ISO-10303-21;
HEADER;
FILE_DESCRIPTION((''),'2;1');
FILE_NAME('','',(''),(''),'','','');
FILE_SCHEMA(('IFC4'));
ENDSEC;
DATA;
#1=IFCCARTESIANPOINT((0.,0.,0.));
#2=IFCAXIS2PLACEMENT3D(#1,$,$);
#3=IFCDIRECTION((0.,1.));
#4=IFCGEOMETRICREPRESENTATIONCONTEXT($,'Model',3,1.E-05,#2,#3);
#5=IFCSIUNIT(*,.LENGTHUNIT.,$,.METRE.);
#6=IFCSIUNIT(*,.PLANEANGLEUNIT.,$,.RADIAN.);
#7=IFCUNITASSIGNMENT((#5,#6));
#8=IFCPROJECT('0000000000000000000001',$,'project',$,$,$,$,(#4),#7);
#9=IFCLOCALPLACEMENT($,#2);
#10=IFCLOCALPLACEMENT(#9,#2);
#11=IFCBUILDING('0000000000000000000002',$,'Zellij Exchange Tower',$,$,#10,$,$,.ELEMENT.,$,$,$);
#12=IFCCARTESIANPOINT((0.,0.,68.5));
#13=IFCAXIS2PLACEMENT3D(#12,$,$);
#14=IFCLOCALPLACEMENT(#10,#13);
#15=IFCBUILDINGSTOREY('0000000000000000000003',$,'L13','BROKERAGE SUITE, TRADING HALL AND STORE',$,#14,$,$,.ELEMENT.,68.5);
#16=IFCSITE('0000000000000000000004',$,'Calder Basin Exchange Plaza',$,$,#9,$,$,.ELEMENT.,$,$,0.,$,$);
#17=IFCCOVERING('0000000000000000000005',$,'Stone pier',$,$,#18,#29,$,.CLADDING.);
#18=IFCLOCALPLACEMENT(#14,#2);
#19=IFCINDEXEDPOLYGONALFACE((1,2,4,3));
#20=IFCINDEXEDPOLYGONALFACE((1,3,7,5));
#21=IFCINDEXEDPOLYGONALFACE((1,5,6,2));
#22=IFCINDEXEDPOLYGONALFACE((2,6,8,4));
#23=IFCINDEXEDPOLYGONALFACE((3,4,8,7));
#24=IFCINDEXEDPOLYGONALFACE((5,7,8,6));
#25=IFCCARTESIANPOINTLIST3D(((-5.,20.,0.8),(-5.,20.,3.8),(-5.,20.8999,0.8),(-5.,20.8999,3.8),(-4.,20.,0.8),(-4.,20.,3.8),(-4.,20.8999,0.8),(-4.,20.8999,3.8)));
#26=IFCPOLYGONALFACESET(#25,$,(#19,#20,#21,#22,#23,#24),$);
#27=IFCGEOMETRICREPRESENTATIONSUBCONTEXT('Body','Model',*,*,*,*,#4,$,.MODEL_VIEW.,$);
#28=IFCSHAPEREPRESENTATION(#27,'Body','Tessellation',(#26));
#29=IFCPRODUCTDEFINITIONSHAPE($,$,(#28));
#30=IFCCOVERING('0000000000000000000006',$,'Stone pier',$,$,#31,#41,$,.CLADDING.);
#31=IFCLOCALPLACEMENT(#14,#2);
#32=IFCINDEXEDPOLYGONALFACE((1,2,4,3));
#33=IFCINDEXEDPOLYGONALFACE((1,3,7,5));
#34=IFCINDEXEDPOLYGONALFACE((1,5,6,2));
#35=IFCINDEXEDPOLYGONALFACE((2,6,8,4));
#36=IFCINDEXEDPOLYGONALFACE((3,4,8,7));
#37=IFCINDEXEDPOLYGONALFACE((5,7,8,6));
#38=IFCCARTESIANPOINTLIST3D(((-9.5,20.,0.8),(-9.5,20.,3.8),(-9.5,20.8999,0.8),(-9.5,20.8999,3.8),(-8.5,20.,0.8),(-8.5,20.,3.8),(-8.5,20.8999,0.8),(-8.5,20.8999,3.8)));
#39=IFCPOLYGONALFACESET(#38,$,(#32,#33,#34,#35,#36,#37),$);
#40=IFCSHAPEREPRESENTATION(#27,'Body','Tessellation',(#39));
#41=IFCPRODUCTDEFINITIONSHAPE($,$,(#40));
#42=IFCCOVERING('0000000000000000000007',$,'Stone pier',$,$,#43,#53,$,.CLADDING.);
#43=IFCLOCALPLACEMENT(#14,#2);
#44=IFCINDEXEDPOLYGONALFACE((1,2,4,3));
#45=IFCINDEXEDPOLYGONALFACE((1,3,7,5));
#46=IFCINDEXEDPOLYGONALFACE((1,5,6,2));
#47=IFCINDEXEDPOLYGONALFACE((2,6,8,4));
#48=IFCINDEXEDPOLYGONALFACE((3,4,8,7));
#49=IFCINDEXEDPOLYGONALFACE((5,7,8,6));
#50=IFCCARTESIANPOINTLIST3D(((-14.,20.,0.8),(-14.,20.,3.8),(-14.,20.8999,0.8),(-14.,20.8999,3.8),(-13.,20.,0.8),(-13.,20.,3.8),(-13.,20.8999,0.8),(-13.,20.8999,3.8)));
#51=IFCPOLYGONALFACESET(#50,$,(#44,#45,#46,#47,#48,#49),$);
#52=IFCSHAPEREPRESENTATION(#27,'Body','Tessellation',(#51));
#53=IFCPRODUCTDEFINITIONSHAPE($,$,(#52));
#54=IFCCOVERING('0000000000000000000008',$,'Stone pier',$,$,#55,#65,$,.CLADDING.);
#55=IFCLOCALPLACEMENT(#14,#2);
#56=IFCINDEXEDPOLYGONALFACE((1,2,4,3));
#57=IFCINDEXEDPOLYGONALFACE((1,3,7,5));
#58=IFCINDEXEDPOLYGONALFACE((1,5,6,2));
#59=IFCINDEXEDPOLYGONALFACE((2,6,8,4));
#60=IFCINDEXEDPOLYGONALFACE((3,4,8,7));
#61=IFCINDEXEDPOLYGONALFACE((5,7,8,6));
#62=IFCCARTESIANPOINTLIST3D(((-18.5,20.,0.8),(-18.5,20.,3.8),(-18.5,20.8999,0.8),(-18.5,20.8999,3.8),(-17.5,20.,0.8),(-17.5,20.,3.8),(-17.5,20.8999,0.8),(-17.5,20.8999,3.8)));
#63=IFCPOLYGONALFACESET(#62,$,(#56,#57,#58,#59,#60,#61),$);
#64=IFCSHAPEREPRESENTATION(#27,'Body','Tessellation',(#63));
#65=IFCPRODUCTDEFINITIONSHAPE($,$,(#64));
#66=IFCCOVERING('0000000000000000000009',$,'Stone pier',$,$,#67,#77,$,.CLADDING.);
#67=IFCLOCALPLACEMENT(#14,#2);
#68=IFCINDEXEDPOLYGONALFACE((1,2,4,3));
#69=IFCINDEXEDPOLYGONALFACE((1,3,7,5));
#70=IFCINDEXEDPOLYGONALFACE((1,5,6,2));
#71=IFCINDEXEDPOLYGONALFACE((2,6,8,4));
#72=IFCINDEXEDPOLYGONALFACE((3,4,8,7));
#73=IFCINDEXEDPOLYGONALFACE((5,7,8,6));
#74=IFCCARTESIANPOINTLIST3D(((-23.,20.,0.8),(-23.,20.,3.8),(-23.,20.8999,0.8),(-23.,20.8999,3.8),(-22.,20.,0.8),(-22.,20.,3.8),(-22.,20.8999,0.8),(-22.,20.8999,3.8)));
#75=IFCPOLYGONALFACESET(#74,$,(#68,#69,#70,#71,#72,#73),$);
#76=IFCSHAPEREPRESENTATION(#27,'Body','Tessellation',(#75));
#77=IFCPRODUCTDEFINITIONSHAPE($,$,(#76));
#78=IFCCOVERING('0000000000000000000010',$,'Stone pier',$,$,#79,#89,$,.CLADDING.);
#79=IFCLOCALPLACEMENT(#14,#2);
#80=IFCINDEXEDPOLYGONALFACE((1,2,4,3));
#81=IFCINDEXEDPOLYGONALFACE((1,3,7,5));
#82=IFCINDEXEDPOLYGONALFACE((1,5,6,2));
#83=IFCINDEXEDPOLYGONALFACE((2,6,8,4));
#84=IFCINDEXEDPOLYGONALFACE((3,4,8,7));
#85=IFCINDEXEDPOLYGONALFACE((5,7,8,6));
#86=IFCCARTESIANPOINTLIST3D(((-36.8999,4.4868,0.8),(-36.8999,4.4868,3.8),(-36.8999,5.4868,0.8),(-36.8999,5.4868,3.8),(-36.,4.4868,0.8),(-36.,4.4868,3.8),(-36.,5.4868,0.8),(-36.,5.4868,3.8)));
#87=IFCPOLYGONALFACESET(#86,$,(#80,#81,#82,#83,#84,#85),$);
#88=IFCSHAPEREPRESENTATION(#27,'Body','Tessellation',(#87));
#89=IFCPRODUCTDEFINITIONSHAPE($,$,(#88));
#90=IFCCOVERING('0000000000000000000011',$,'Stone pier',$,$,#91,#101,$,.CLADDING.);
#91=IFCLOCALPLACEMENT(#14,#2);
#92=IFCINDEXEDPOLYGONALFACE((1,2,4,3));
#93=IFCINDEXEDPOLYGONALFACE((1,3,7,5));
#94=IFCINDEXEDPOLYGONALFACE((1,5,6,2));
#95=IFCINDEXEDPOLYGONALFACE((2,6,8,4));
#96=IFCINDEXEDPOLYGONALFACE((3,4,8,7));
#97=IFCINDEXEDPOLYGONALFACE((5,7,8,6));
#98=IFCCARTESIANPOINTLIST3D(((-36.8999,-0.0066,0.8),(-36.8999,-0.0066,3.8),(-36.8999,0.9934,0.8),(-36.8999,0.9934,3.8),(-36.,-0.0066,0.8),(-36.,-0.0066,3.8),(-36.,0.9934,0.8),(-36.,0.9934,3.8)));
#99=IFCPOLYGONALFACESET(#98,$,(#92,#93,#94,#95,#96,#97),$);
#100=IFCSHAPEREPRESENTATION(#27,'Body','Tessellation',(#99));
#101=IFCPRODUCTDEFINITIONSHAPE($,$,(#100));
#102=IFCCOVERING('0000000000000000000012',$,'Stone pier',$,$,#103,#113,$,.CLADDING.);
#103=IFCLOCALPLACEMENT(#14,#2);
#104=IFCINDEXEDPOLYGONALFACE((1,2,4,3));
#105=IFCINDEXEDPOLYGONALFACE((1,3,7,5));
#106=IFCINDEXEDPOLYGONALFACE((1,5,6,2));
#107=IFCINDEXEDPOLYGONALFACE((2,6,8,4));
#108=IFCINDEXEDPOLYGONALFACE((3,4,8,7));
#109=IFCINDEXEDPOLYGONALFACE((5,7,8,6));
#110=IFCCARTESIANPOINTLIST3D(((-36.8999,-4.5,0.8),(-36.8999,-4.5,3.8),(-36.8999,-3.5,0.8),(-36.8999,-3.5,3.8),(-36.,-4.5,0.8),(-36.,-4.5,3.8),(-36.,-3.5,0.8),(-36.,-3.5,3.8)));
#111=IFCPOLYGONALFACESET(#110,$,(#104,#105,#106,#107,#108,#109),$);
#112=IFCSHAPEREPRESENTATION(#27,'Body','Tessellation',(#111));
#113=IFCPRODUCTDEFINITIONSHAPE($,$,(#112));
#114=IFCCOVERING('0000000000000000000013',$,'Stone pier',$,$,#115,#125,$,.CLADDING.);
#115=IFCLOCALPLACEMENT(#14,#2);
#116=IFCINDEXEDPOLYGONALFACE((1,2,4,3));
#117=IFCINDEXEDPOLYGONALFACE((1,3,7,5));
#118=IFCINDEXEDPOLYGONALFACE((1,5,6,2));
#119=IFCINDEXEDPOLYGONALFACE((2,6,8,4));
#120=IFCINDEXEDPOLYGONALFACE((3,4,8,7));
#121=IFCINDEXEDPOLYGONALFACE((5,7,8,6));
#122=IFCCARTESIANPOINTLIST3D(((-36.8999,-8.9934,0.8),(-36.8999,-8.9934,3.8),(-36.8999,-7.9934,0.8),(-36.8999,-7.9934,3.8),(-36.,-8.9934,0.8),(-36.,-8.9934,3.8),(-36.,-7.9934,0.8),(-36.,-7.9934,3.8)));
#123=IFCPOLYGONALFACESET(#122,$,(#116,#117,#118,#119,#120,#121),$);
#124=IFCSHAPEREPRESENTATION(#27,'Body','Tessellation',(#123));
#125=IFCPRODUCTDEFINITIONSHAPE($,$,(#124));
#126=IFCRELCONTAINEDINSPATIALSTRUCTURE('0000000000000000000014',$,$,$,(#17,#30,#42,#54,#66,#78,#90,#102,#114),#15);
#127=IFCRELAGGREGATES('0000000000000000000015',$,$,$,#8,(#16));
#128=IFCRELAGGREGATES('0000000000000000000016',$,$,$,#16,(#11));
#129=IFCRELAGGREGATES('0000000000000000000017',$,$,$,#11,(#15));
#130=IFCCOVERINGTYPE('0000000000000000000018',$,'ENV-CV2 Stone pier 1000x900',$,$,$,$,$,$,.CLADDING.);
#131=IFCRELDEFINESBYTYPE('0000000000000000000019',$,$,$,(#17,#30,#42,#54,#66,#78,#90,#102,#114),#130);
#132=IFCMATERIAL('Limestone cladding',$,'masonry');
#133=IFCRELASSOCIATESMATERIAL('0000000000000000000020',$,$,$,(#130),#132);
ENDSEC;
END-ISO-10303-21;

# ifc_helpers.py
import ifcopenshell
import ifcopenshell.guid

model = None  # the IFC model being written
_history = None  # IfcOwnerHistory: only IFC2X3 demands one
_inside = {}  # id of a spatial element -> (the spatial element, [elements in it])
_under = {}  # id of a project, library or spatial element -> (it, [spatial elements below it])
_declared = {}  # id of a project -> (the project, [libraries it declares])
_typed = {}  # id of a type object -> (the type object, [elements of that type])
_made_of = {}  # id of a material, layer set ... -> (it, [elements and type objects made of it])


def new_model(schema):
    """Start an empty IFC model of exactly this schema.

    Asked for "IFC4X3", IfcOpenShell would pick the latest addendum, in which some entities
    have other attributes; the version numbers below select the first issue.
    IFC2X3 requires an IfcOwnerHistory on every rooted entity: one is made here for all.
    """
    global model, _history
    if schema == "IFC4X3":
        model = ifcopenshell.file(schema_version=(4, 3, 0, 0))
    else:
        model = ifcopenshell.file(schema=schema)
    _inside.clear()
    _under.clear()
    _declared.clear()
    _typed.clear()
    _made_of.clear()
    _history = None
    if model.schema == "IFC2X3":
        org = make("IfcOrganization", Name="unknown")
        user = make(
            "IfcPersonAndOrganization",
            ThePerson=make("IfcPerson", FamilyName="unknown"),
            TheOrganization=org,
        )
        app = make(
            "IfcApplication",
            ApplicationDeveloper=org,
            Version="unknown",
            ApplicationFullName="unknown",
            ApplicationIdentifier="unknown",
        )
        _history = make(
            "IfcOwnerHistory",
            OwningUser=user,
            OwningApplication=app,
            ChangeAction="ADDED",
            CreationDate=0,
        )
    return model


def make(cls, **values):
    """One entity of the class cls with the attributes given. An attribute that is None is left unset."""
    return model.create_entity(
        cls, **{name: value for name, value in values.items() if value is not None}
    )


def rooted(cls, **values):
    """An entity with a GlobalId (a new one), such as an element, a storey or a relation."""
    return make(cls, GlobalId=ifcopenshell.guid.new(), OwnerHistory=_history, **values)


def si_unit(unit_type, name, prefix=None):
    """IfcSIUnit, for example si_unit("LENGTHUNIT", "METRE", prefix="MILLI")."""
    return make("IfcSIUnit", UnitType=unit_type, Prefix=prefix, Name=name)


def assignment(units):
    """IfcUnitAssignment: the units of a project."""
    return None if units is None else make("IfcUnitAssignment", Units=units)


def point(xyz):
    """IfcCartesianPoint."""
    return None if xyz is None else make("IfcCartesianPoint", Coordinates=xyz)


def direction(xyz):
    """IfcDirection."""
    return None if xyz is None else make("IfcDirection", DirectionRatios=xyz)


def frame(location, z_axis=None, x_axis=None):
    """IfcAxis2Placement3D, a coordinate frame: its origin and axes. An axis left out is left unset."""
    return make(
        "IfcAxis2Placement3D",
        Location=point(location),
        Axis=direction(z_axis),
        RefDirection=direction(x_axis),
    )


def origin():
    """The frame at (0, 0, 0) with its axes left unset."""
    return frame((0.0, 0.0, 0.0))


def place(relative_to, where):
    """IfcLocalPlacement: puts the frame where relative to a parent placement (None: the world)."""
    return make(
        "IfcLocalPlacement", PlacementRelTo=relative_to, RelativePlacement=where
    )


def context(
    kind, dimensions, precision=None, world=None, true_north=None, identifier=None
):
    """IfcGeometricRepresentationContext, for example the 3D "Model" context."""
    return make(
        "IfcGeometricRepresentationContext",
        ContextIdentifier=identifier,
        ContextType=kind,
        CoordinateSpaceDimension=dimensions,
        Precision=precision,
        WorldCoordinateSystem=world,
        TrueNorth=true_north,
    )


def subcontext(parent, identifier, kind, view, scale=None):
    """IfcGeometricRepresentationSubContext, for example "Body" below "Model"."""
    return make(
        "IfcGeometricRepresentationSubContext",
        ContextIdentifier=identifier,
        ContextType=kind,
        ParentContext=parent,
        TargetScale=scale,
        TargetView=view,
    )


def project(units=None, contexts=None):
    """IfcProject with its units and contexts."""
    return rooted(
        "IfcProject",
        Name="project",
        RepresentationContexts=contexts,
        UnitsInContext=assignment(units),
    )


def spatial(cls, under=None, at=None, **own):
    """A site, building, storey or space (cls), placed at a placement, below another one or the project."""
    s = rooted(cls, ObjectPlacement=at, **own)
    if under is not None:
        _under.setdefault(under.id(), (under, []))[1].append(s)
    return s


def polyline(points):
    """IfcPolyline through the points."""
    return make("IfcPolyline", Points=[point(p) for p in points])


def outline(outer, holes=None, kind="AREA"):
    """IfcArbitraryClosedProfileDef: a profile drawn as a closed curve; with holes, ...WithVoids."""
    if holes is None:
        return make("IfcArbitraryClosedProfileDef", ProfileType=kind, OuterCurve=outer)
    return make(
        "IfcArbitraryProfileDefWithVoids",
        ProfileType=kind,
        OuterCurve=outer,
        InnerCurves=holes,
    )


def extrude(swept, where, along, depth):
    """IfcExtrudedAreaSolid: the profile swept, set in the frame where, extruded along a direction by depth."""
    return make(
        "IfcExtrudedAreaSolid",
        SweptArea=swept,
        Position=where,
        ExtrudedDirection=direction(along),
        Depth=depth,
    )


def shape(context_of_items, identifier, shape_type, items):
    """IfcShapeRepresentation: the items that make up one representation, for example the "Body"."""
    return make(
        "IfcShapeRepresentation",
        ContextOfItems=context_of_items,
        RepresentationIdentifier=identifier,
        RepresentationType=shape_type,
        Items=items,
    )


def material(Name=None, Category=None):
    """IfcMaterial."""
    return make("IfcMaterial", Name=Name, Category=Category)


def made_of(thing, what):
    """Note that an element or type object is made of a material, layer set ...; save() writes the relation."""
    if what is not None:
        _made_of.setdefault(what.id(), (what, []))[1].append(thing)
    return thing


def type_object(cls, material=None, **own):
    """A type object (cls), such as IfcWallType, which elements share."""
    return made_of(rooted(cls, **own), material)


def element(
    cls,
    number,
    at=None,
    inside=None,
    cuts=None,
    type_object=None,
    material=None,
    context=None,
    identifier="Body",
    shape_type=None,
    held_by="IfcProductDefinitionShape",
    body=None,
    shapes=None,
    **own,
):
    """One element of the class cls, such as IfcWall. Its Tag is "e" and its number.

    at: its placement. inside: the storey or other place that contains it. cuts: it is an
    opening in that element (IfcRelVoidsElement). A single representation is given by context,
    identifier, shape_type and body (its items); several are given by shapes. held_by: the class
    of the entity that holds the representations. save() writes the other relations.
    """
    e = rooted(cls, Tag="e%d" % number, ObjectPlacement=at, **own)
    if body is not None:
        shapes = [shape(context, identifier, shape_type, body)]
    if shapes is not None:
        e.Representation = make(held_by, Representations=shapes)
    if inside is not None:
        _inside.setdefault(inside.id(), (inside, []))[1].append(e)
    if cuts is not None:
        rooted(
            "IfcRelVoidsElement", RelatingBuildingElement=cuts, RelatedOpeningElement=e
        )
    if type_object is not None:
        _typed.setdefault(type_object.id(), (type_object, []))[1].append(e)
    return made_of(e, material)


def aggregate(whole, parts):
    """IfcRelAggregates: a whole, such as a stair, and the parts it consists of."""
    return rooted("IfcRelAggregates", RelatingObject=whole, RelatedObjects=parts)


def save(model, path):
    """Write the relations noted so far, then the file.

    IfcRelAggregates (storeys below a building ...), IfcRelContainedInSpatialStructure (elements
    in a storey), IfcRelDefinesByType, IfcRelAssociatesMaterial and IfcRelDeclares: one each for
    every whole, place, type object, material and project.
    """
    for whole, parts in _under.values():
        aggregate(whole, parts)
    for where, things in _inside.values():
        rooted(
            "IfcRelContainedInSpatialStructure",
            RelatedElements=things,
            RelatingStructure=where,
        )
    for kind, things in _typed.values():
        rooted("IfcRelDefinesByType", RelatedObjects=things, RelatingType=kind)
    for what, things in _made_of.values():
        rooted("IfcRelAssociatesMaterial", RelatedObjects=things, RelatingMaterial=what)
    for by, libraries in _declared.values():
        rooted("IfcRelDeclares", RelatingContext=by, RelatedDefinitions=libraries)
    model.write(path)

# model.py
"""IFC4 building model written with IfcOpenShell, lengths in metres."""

from ifc_helpers import new_model, si_unit, direction, frame, origin, place, context, subcontext, project, spatial, polyline, outline, extrude, material, type_object, element, save


model = new_model("IFC4")

# Units and contexts
model_context = context("Model", 3, precision=1e-05, world=origin(), true_north=direction((0.0, 1.0)))
body_context = subcontext(model_context, "Body", "Model", "MODEL_VIEW")
ifc_project = project(units=[si_unit("LENGTHUNIT", "METRE"), si_unit("PLANEANGLEUNIT", "RADIAN")], contexts=[model_context])

# Site, building, storey
site_placement = place(None, origin())
site = spatial("IfcSite", under=ifc_project, at=site_placement, Name="Calder Basin Exchange Plaza", CompositionType="ELEMENT", RefElevation=0.0)
building_placement = place(site_placement, origin())
building = spatial("IfcBuilding", under=site, at=building_placement, Name="Zellij Exchange Tower", CompositionType="ELEMENT")
storey_placement = place(building_placement, frame((0.0, 0.0, 68.5)))
storey = spatial("IfcBuildingStorey", under=building, at=storey_placement, Name="L13", Description="BROKERAGE SUITE, TRADING HALL AND STORE", CompositionType="ELEMENT", Elevation=68.5)

# Coverings
ifc_material_1 = material(Name="Limestone cladding", Category="masonry")
covering_type = type_object("IfcCoveringType", Name="ENV-CV2 Stone pier 1000x900", PredefinedType="CLADDING", material=ifc_material_1)
covering_1_placement = place(storey_placement, frame((0.0, 0.0, 0.8)))
element("IfcCovering", 1, at=covering_1_placement, inside=storey, type_object=covering_type, Name="Stone pier", PredefinedType="CLADDING", context=body_context, shape_type="SweptSolid", body=[
    extrude(outline(polyline([(-4.0, 20.0), (-5.0, 20.0), (-5.0, 20.8999), (-4.0, 20.8999), (-4.0, 20.0)])), origin(), (0.0, 0.0, 1.0), 3.0),
])
covering_2_placement = place(storey_placement, frame((0.0, 0.0, 0.8)))
element("IfcCovering", 2, at=covering_2_placement, inside=storey, type_object=covering_type, Name="Stone pier", PredefinedType="CLADDING", context=body_context, shape_type="SweptSolid", body=[
    extrude(outline(polyline([(-8.5, 20.0), (-9.5, 20.0), (-9.5, 20.8999), (-8.5, 20.8999), (-8.5, 20.0)])), origin(), (0.0, 0.0, 1.0), 3.0),
])
covering_3_placement = place(storey_placement, frame((0.0, 0.0, 0.8)))
element("IfcCovering", 3, at=covering_3_placement, inside=storey, type_object=covering_type, Name="Stone pier", PredefinedType="CLADDING", context=body_context, shape_type="SweptSolid", body=[
    extrude(outline(polyline([(-13.0, 20.0), (-14.0, 20.0), (-14.0, 20.8999), (-13.0, 20.8999), (-13.0, 20.0)])), origin(), (0.0, 0.0, 1.0), 3.0),
])
covering_4_placement = place(storey_placement, frame((0.0, 0.0, 0.8)))
element("IfcCovering", 4, at=covering_4_placement, inside=storey, type_object=covering_type, Name="Stone pier", PredefinedType="CLADDING", context=body_context, shape_type="SweptSolid", body=[
    extrude(outline(polyline([(-17.5, 20.0), (-18.5, 20.0), (-18.5, 20.8999), (-17.5, 20.8999), (-17.5, 20.0)])), origin(), (0.0, 0.0, 1.0), 3.0),
])
covering_5_placement = place(storey_placement, frame((0.0, 0.0, 0.8)))
element("IfcCovering", 5, at=covering_5_placement, inside=storey, type_object=covering_type, Name="Stone pier", PredefinedType="CLADDING", context=body_context, shape_type="SweptSolid", body=[
    extrude(outline(polyline([(-22.0, 20.0), (-23.0, 20.0), (-23.0, 20.8999), (-22.0, 20.8999), (-22.0, 20.0)])), origin(), (0.0, 0.0, 1.0), 3.0),
])
covering_6_placement = place(storey_placement, frame((0.0, 0.0, 0.8)))
element("IfcCovering", 6, at=covering_6_placement, inside=storey, type_object=covering_type, Name="Stone pier", PredefinedType="CLADDING", context=body_context, shape_type="SweptSolid", body=[
    extrude(outline(polyline([(-36.0, 5.4868), (-36.0, 4.4868), (-36.8999, 4.4868), (-36.8999, 5.4868), (-36.0, 5.4868)])), origin(), (0.0, 0.0, 1.0), 3.0),
])
covering_7_placement = place(storey_placement, frame((0.0, 0.0, 0.8)))
element("IfcCovering", 7, at=covering_7_placement, inside=storey, type_object=covering_type, Name="Stone pier", PredefinedType="CLADDING", context=body_context, shape_type="SweptSolid", body=[
    extrude(outline(polyline([(-36.0, 0.9934), (-36.0, -0.0066), (-36.8999, -0.0066), (-36.8999, 0.9934), (-36.0, 0.9934)])), origin(), (0.0, 0.0, 1.0), 3.0),
])
covering_8_placement = place(storey_placement, frame((0.0, 0.0, 0.8)))
element("IfcCovering", 8, at=covering_8_placement, inside=storey, type_object=covering_type, Name="Stone pier", PredefinedType="CLADDING", context=body_context, shape_type="SweptSolid", body=[
    extrude(outline(polyline([(-36.0, -3.5), (-36.0, -4.5), (-36.8999, -4.5), (-36.8999, -3.5), (-36.0, -3.5)])), origin(), (0.0, 0.0, 1.0), 3.0),
])
covering_9_placement = place(storey_placement, frame((0.0, 0.0, 0.8)))
element("IfcCovering", 9, at=covering_9_placement, inside=storey, type_object=covering_type, Name="Stone pier", PredefinedType="CLADDING", context=body_context, shape_type="SweptSolid", body=[
    extrude(outline(polyline([(-36.0, -7.9934), (-36.0, -8.9934), (-36.8999, -8.9934), (-36.8999, -7.9934), (-36.0, -7.9934)])), origin(), (0.0, 0.0, 1.0), 3.0),
])

save(model, "model.ifc")
